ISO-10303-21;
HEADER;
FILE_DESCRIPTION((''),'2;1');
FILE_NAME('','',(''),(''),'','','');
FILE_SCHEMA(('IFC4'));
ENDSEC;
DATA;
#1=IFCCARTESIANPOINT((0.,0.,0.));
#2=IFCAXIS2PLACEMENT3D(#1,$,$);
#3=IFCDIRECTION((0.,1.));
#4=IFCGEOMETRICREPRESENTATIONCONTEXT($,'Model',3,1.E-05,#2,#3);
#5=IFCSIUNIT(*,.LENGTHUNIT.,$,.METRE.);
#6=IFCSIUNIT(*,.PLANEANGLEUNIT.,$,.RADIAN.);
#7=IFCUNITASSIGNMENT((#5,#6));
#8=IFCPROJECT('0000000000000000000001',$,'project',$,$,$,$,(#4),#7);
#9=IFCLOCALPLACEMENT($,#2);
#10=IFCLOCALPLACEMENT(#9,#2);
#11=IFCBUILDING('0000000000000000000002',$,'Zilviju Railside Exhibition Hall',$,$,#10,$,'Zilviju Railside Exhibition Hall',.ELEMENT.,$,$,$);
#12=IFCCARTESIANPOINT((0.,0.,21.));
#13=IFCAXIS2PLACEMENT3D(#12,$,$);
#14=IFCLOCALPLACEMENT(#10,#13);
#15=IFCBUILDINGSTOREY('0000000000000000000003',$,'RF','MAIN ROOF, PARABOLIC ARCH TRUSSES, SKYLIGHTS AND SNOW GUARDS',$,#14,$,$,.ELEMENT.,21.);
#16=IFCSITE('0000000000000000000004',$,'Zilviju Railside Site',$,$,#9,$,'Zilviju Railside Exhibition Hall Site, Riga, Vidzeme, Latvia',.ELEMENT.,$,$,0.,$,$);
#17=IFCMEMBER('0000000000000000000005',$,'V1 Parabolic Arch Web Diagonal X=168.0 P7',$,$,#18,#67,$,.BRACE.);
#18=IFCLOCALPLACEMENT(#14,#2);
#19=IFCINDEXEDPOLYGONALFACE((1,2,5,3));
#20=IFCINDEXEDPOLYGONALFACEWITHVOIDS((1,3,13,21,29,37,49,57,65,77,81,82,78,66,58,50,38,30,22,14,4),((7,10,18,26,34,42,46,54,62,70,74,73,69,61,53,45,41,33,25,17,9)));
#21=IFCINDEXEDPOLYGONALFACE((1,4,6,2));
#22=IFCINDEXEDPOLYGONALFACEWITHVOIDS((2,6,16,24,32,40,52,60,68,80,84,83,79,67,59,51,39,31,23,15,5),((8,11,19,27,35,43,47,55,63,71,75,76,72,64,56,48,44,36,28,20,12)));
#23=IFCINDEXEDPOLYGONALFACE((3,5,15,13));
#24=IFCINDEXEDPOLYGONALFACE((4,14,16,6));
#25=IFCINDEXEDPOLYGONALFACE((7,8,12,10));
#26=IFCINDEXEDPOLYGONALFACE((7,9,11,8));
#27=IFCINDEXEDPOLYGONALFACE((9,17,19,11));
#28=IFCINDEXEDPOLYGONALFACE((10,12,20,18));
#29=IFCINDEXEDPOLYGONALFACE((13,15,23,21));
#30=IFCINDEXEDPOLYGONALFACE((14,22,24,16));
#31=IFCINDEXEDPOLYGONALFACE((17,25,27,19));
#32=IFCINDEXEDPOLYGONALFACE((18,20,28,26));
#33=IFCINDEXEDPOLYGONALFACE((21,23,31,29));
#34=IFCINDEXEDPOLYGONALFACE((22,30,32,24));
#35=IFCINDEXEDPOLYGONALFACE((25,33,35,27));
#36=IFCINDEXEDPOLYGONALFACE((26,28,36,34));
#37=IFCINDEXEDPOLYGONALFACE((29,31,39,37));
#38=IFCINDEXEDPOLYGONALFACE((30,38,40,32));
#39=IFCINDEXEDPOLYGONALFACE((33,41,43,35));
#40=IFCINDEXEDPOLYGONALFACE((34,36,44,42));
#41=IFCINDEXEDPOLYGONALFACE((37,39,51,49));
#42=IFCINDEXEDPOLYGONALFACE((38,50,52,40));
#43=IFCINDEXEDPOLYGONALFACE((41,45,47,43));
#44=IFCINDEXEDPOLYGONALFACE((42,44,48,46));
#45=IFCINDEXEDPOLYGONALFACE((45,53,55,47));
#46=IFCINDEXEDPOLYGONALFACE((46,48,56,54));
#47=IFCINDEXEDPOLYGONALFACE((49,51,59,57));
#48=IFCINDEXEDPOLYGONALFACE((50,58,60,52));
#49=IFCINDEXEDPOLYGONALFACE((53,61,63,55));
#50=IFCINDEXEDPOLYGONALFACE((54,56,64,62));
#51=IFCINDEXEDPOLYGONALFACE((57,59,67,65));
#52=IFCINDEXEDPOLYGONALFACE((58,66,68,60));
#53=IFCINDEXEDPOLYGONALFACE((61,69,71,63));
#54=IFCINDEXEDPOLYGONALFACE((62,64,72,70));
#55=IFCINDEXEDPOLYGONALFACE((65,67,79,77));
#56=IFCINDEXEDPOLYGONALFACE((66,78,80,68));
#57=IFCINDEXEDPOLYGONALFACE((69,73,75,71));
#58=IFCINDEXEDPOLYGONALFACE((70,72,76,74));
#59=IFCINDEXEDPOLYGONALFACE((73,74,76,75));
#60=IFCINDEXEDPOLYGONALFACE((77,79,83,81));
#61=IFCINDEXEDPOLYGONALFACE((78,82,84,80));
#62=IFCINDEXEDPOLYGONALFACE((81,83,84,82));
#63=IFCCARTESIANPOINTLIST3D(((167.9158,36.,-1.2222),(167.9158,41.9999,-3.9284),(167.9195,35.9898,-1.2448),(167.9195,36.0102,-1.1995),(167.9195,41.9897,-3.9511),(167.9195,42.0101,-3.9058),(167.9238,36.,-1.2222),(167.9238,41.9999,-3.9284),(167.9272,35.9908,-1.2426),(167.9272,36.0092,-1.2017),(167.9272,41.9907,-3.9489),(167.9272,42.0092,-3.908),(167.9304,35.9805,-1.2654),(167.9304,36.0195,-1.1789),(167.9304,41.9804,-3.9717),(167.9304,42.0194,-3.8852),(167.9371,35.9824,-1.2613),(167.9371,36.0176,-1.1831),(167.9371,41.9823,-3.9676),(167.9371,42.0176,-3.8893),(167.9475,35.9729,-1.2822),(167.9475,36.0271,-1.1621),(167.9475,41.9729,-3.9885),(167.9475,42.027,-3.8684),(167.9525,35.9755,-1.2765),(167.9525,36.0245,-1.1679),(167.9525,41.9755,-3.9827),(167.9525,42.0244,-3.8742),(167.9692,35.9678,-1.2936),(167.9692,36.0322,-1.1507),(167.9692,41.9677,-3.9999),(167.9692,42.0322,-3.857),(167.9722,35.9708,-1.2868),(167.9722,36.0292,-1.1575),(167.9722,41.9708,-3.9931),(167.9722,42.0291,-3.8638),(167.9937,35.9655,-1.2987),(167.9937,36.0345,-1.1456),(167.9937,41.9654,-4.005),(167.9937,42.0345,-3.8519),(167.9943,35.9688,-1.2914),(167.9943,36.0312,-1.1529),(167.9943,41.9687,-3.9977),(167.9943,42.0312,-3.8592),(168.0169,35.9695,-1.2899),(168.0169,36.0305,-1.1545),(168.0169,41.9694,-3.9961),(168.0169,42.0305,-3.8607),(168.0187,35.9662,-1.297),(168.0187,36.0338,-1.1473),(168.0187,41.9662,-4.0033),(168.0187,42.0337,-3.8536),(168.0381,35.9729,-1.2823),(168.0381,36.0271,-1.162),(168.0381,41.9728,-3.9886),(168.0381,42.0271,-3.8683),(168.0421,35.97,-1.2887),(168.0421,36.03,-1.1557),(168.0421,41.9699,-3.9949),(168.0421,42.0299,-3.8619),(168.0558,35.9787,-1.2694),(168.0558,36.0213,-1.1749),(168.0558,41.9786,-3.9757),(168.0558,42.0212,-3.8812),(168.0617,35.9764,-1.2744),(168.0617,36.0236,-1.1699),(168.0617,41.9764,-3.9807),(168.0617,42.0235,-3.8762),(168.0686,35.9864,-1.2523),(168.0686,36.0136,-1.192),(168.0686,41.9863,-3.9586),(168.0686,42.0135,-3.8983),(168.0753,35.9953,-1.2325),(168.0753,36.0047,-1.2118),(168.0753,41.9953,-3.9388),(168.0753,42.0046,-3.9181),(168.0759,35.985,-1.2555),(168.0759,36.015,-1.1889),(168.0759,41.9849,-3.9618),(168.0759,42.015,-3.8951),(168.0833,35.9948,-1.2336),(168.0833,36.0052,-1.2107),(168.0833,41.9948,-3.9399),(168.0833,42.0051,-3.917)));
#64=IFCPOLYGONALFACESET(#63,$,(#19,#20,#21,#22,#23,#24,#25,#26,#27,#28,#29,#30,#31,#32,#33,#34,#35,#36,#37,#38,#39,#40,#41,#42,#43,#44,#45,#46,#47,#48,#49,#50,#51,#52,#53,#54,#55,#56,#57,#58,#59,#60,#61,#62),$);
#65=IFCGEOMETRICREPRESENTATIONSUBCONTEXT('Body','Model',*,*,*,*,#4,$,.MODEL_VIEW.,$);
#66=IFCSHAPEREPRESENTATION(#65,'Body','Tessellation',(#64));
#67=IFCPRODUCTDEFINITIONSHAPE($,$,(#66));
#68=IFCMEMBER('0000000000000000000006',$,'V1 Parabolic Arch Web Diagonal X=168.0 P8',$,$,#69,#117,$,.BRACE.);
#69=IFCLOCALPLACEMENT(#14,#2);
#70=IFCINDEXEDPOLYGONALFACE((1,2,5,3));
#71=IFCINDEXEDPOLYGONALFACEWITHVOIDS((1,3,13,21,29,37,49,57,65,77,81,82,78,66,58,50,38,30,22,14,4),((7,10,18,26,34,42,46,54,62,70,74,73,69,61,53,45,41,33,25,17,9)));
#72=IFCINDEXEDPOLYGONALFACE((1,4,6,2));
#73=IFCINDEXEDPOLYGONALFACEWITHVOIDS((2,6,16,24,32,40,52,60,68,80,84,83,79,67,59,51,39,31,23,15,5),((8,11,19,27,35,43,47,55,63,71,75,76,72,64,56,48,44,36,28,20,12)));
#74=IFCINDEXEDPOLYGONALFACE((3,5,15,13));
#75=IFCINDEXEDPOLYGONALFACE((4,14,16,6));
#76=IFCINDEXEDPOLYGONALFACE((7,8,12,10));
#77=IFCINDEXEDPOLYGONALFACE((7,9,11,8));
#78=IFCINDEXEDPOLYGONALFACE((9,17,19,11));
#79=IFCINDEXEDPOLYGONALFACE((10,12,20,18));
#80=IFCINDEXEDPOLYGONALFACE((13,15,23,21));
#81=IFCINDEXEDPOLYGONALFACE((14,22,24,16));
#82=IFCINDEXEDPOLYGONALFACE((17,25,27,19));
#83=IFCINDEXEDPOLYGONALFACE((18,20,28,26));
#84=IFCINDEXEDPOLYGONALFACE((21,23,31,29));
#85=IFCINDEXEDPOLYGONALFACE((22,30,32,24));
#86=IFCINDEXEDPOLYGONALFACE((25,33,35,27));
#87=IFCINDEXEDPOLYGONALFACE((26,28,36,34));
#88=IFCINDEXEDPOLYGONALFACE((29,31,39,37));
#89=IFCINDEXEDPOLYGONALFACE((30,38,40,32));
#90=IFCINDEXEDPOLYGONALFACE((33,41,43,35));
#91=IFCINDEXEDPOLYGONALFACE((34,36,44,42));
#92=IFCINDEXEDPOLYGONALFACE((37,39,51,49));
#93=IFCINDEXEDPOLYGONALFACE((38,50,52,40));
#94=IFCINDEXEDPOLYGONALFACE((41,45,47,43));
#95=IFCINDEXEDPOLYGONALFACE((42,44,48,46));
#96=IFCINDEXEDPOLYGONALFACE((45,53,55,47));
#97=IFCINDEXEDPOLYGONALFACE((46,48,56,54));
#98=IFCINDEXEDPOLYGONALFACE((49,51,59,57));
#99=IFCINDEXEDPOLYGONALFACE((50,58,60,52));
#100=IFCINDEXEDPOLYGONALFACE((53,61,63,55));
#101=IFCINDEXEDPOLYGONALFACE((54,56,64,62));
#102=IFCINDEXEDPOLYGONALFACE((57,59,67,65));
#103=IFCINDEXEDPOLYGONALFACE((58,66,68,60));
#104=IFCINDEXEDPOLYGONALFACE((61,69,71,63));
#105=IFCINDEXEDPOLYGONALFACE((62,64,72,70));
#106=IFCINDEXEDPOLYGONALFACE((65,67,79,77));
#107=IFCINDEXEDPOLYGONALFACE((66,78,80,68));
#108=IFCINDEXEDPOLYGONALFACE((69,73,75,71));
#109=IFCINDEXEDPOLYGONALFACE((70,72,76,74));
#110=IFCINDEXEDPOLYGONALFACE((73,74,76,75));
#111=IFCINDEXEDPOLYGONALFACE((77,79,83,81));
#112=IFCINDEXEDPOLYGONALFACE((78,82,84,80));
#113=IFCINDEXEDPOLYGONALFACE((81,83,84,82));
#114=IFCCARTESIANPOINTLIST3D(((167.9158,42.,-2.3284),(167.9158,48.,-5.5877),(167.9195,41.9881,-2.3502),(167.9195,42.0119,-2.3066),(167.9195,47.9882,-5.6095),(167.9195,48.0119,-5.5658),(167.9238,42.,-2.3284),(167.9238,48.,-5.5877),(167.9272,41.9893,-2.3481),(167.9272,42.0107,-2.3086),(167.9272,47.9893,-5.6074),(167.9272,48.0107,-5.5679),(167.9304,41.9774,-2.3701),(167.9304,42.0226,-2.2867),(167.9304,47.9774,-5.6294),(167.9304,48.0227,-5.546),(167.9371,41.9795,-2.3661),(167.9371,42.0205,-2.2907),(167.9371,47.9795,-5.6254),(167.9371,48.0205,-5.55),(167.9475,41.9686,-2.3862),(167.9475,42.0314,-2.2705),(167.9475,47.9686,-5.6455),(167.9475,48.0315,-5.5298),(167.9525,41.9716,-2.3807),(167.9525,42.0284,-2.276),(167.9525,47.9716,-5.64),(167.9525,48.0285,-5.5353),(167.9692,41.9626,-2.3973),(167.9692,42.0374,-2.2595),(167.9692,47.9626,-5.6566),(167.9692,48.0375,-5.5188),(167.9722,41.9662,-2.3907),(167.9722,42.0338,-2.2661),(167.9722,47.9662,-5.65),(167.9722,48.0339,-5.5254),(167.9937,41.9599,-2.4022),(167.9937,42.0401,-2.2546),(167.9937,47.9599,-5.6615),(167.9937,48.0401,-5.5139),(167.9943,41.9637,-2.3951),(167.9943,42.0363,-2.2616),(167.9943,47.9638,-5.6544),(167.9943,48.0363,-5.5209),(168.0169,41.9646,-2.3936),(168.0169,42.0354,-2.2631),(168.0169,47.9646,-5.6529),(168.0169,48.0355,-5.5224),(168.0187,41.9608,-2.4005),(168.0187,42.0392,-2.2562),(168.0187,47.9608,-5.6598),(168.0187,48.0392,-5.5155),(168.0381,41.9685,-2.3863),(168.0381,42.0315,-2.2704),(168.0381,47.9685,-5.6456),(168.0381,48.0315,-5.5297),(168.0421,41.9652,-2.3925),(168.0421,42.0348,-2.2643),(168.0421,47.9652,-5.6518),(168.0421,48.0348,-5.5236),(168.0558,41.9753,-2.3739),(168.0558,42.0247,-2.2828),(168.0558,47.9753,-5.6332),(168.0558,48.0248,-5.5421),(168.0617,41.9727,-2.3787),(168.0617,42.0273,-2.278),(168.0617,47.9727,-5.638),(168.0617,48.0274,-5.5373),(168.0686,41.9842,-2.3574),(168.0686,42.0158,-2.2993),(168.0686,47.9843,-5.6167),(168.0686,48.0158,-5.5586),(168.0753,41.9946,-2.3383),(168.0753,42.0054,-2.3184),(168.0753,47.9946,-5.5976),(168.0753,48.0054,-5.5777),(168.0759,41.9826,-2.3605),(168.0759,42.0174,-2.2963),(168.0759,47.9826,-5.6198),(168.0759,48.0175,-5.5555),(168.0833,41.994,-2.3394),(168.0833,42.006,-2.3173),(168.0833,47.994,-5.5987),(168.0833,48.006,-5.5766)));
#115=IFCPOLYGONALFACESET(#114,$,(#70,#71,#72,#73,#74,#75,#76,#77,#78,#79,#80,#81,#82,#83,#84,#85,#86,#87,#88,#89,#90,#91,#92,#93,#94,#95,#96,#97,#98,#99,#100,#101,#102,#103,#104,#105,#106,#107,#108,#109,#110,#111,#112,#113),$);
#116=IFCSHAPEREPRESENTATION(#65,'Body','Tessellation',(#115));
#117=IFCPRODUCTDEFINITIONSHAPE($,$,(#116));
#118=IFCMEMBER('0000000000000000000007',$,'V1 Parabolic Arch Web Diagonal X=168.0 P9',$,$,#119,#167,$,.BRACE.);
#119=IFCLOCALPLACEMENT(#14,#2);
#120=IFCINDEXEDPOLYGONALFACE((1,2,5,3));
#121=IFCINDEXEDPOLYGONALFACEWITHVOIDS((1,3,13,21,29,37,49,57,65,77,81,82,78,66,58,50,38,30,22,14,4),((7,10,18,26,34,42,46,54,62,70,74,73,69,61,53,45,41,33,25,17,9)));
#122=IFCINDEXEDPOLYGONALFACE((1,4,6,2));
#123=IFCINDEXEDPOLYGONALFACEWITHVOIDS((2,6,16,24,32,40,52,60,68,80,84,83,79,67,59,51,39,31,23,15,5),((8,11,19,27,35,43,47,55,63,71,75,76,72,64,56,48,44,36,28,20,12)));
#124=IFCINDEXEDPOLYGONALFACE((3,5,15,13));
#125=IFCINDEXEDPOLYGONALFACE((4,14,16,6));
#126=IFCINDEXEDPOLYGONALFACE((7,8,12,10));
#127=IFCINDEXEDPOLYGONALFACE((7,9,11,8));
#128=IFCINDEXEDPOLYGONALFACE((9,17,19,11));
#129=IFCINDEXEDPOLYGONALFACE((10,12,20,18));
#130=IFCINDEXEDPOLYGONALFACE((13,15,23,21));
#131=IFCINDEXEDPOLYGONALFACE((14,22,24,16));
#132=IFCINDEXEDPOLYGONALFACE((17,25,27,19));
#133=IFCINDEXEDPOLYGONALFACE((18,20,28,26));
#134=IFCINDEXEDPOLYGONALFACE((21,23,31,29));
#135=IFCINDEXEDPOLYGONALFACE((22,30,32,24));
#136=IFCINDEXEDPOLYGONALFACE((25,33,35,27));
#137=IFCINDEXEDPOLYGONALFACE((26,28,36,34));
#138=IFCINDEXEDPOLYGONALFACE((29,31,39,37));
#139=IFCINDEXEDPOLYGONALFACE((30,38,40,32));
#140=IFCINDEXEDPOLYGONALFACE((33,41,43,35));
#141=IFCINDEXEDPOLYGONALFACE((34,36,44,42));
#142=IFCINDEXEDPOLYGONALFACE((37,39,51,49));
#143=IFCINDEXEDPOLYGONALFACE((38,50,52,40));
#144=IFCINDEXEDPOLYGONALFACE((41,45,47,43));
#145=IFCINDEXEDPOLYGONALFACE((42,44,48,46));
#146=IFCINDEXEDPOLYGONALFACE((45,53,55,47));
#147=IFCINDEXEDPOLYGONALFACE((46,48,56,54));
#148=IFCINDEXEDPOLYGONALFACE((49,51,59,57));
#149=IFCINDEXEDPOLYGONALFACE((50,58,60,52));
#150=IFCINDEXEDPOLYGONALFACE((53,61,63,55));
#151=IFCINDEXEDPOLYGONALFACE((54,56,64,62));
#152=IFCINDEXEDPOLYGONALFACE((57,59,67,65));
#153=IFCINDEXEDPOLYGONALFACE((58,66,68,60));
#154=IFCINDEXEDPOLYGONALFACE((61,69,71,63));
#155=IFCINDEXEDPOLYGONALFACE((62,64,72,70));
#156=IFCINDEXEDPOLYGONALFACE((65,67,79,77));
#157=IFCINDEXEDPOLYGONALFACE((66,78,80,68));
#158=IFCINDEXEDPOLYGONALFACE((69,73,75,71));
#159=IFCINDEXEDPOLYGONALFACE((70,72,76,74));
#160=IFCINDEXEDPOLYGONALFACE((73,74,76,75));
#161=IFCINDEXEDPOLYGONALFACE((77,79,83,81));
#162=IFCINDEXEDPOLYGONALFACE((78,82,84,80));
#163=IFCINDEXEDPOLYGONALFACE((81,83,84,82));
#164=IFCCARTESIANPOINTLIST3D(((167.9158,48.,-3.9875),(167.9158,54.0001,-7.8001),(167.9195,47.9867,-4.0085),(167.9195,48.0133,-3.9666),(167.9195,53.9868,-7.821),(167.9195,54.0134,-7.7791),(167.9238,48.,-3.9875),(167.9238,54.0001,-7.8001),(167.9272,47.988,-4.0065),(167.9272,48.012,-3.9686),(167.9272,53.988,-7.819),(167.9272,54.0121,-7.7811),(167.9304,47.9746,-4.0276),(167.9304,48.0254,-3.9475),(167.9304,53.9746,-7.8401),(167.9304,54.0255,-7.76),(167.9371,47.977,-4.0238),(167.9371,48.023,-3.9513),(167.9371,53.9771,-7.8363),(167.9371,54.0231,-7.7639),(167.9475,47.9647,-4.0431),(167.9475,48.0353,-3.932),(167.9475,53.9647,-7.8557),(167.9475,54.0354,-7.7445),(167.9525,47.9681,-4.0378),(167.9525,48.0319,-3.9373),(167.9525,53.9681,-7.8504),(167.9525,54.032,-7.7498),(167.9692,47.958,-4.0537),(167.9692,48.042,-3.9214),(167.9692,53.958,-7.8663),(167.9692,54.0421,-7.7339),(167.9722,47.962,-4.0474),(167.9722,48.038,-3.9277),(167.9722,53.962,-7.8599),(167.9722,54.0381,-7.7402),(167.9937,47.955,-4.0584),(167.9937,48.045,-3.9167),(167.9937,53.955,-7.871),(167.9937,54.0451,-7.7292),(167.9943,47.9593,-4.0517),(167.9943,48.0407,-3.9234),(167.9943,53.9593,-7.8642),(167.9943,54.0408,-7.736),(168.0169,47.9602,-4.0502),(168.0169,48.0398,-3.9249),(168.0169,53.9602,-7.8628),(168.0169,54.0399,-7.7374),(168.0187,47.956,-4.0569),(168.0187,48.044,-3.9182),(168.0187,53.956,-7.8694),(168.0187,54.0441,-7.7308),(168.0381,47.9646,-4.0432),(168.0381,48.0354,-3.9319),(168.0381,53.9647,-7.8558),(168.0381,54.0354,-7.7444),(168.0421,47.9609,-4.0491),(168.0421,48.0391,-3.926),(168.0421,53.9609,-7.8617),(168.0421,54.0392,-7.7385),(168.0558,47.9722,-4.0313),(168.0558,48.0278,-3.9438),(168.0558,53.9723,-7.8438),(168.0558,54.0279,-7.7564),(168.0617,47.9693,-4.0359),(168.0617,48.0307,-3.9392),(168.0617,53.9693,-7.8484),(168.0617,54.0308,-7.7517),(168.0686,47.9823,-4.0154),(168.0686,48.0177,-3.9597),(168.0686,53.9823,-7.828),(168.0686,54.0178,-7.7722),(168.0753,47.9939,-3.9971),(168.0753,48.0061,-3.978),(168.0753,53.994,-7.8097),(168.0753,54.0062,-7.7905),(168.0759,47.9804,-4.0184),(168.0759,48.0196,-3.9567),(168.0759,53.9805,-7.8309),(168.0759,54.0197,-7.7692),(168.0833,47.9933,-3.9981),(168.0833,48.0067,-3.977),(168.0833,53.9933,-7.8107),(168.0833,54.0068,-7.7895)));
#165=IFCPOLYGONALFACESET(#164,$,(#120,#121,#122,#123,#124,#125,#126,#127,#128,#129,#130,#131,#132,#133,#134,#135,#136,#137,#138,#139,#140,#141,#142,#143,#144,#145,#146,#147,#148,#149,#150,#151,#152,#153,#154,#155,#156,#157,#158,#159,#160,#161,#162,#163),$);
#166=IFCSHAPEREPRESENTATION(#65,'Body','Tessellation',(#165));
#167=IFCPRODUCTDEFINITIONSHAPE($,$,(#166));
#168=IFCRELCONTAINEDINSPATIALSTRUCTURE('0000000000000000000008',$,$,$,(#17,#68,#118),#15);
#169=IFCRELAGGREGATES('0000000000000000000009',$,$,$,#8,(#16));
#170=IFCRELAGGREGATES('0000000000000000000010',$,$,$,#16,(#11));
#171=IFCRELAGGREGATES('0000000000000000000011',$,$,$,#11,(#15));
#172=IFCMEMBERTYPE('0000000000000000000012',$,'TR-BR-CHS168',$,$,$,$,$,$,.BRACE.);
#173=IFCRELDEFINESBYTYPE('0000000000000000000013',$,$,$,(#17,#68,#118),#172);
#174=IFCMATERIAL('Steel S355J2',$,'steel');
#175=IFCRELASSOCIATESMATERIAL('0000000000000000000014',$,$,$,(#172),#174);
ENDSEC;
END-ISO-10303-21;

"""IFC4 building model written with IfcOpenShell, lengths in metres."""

from ifc_helpers import new_model, si_unit, direction, frame, origin, origin_2d, place, context, subcontext, project, spatial, hollow_circle, extrude, material, material_profile, profile_set, type_object, element, save


model = new_model("IFC4")

# Units and contexts
model_context = context("Model", 3, precision=1e-05, world=origin(), true_north=direction((0.0, 1.0)))
body_context = subcontext(model_context, "Body", "Model", "MODEL_VIEW")
ifc_project = project(units=[si_unit("LENGTHUNIT", "METRE"), si_unit("PLANEANGLEUNIT", "RADIAN")], contexts=[model_context])

# Site, building, storey
site_placement = place(None, origin())
site = spatial("IfcSite", under=ifc_project, at=site_placement, Name="Zilviju Railside Site", LongName="Zilviju Railside Exhibition Hall Site, Riga, Vidzeme, Latvia", CompositionType="ELEMENT", RefElevation=0.0)
building_placement = place(site_placement, origin())
building = spatial("IfcBuilding", under=site, at=building_placement, Name="Zilviju Railside Exhibition Hall", LongName="Zilviju Railside Exhibition Hall", CompositionType="ELEMENT")
storey_placement = place(building_placement, frame((0.0, 0.0, 21.0)))
storey = spatial("IfcBuildingStorey", under=building, at=storey_placement, Name="RF", Description="MAIN ROOF, PARABOLIC ARCH TRUSSES, SKYLIGHTS AND SNOW GUARDS", CompositionType="ELEMENT", Elevation=21.0)

# Members
ifc_material_1 = material(Name="Steel S355J2", Category="steel")
ifc_material_profile_1 = material_profile(ifc_material_1, hollow_circle(Radius=0.0842, WallThickness=0.0081, at=origin_2d()), Name="CHS 168.3x8.0")
ifc_profile_set_1 = profile_set([ifc_material_profile_1], Name="Steel S355J2")
member_type_1 = type_object("IfcMemberType", Name="TR-BR-CHS168", PredefinedType="BRACE", material=ifc_profile_set_1)
member_1_placement = place(storey_placement, frame((168.0, 36.0, -1.2222), z_axis=(0.0, 0.911563, -0.41116), x_axis=(-1.0, 0.0, 0.0)))
element("IfcMember", 1, at=member_1_placement, inside=storey, type_object=member_type_1, Name="V1 Parabolic Arch Web Diagonal X=168.0 P7", PredefinedType="BRACE", context=body_context, shape_type="SweptSolid", body=[
    extrude(hollow_circle(Radius=0.0842, WallThickness=0.0081, at=origin_2d()), origin(), (0.0, 0.0, 1.0), 6.582),
])
member_2_placement = place(storey_placement, frame((168.0, 42.0, -2.3284), z_axis=(0.0, 0.878722, -0.477333), x_axis=(-1.0, 0.0, 0.0)))
element("IfcMember", 2, at=member_2_placement, inside=storey, type_object=member_type_1, Name="V1 Parabolic Arch Web Diagonal X=168.0 P8", PredefinedType="BRACE", context=body_context, shape_type="SweptSolid", body=[
    extrude(hollow_circle(Radius=0.0842, WallThickness=0.0081, at=origin_2d()), origin(), (0.0, 0.0, 1.0), 6.8281),
])
member_3_placement = place(storey_placement, frame((168.0, 48.0, -3.9875), z_axis=(0.0, 0.844023, -0.536306), x_axis=(-1.0, 0.0, 0.0)))
element("IfcMember", 3, at=member_3_placement, inside=storey, type_object=member_type_1, Name="V1 Parabolic Arch Web Diagonal X=168.0 P9", PredefinedType="BRACE", context=body_context, shape_type="SweptSolid", body=[
    extrude(hollow_circle(Radius=0.0842, WallThickness=0.0081, at=origin_2d()), origin(), (0.0, 0.0, 1.0), 7.1089),
])

save(model, "model.ifc")
